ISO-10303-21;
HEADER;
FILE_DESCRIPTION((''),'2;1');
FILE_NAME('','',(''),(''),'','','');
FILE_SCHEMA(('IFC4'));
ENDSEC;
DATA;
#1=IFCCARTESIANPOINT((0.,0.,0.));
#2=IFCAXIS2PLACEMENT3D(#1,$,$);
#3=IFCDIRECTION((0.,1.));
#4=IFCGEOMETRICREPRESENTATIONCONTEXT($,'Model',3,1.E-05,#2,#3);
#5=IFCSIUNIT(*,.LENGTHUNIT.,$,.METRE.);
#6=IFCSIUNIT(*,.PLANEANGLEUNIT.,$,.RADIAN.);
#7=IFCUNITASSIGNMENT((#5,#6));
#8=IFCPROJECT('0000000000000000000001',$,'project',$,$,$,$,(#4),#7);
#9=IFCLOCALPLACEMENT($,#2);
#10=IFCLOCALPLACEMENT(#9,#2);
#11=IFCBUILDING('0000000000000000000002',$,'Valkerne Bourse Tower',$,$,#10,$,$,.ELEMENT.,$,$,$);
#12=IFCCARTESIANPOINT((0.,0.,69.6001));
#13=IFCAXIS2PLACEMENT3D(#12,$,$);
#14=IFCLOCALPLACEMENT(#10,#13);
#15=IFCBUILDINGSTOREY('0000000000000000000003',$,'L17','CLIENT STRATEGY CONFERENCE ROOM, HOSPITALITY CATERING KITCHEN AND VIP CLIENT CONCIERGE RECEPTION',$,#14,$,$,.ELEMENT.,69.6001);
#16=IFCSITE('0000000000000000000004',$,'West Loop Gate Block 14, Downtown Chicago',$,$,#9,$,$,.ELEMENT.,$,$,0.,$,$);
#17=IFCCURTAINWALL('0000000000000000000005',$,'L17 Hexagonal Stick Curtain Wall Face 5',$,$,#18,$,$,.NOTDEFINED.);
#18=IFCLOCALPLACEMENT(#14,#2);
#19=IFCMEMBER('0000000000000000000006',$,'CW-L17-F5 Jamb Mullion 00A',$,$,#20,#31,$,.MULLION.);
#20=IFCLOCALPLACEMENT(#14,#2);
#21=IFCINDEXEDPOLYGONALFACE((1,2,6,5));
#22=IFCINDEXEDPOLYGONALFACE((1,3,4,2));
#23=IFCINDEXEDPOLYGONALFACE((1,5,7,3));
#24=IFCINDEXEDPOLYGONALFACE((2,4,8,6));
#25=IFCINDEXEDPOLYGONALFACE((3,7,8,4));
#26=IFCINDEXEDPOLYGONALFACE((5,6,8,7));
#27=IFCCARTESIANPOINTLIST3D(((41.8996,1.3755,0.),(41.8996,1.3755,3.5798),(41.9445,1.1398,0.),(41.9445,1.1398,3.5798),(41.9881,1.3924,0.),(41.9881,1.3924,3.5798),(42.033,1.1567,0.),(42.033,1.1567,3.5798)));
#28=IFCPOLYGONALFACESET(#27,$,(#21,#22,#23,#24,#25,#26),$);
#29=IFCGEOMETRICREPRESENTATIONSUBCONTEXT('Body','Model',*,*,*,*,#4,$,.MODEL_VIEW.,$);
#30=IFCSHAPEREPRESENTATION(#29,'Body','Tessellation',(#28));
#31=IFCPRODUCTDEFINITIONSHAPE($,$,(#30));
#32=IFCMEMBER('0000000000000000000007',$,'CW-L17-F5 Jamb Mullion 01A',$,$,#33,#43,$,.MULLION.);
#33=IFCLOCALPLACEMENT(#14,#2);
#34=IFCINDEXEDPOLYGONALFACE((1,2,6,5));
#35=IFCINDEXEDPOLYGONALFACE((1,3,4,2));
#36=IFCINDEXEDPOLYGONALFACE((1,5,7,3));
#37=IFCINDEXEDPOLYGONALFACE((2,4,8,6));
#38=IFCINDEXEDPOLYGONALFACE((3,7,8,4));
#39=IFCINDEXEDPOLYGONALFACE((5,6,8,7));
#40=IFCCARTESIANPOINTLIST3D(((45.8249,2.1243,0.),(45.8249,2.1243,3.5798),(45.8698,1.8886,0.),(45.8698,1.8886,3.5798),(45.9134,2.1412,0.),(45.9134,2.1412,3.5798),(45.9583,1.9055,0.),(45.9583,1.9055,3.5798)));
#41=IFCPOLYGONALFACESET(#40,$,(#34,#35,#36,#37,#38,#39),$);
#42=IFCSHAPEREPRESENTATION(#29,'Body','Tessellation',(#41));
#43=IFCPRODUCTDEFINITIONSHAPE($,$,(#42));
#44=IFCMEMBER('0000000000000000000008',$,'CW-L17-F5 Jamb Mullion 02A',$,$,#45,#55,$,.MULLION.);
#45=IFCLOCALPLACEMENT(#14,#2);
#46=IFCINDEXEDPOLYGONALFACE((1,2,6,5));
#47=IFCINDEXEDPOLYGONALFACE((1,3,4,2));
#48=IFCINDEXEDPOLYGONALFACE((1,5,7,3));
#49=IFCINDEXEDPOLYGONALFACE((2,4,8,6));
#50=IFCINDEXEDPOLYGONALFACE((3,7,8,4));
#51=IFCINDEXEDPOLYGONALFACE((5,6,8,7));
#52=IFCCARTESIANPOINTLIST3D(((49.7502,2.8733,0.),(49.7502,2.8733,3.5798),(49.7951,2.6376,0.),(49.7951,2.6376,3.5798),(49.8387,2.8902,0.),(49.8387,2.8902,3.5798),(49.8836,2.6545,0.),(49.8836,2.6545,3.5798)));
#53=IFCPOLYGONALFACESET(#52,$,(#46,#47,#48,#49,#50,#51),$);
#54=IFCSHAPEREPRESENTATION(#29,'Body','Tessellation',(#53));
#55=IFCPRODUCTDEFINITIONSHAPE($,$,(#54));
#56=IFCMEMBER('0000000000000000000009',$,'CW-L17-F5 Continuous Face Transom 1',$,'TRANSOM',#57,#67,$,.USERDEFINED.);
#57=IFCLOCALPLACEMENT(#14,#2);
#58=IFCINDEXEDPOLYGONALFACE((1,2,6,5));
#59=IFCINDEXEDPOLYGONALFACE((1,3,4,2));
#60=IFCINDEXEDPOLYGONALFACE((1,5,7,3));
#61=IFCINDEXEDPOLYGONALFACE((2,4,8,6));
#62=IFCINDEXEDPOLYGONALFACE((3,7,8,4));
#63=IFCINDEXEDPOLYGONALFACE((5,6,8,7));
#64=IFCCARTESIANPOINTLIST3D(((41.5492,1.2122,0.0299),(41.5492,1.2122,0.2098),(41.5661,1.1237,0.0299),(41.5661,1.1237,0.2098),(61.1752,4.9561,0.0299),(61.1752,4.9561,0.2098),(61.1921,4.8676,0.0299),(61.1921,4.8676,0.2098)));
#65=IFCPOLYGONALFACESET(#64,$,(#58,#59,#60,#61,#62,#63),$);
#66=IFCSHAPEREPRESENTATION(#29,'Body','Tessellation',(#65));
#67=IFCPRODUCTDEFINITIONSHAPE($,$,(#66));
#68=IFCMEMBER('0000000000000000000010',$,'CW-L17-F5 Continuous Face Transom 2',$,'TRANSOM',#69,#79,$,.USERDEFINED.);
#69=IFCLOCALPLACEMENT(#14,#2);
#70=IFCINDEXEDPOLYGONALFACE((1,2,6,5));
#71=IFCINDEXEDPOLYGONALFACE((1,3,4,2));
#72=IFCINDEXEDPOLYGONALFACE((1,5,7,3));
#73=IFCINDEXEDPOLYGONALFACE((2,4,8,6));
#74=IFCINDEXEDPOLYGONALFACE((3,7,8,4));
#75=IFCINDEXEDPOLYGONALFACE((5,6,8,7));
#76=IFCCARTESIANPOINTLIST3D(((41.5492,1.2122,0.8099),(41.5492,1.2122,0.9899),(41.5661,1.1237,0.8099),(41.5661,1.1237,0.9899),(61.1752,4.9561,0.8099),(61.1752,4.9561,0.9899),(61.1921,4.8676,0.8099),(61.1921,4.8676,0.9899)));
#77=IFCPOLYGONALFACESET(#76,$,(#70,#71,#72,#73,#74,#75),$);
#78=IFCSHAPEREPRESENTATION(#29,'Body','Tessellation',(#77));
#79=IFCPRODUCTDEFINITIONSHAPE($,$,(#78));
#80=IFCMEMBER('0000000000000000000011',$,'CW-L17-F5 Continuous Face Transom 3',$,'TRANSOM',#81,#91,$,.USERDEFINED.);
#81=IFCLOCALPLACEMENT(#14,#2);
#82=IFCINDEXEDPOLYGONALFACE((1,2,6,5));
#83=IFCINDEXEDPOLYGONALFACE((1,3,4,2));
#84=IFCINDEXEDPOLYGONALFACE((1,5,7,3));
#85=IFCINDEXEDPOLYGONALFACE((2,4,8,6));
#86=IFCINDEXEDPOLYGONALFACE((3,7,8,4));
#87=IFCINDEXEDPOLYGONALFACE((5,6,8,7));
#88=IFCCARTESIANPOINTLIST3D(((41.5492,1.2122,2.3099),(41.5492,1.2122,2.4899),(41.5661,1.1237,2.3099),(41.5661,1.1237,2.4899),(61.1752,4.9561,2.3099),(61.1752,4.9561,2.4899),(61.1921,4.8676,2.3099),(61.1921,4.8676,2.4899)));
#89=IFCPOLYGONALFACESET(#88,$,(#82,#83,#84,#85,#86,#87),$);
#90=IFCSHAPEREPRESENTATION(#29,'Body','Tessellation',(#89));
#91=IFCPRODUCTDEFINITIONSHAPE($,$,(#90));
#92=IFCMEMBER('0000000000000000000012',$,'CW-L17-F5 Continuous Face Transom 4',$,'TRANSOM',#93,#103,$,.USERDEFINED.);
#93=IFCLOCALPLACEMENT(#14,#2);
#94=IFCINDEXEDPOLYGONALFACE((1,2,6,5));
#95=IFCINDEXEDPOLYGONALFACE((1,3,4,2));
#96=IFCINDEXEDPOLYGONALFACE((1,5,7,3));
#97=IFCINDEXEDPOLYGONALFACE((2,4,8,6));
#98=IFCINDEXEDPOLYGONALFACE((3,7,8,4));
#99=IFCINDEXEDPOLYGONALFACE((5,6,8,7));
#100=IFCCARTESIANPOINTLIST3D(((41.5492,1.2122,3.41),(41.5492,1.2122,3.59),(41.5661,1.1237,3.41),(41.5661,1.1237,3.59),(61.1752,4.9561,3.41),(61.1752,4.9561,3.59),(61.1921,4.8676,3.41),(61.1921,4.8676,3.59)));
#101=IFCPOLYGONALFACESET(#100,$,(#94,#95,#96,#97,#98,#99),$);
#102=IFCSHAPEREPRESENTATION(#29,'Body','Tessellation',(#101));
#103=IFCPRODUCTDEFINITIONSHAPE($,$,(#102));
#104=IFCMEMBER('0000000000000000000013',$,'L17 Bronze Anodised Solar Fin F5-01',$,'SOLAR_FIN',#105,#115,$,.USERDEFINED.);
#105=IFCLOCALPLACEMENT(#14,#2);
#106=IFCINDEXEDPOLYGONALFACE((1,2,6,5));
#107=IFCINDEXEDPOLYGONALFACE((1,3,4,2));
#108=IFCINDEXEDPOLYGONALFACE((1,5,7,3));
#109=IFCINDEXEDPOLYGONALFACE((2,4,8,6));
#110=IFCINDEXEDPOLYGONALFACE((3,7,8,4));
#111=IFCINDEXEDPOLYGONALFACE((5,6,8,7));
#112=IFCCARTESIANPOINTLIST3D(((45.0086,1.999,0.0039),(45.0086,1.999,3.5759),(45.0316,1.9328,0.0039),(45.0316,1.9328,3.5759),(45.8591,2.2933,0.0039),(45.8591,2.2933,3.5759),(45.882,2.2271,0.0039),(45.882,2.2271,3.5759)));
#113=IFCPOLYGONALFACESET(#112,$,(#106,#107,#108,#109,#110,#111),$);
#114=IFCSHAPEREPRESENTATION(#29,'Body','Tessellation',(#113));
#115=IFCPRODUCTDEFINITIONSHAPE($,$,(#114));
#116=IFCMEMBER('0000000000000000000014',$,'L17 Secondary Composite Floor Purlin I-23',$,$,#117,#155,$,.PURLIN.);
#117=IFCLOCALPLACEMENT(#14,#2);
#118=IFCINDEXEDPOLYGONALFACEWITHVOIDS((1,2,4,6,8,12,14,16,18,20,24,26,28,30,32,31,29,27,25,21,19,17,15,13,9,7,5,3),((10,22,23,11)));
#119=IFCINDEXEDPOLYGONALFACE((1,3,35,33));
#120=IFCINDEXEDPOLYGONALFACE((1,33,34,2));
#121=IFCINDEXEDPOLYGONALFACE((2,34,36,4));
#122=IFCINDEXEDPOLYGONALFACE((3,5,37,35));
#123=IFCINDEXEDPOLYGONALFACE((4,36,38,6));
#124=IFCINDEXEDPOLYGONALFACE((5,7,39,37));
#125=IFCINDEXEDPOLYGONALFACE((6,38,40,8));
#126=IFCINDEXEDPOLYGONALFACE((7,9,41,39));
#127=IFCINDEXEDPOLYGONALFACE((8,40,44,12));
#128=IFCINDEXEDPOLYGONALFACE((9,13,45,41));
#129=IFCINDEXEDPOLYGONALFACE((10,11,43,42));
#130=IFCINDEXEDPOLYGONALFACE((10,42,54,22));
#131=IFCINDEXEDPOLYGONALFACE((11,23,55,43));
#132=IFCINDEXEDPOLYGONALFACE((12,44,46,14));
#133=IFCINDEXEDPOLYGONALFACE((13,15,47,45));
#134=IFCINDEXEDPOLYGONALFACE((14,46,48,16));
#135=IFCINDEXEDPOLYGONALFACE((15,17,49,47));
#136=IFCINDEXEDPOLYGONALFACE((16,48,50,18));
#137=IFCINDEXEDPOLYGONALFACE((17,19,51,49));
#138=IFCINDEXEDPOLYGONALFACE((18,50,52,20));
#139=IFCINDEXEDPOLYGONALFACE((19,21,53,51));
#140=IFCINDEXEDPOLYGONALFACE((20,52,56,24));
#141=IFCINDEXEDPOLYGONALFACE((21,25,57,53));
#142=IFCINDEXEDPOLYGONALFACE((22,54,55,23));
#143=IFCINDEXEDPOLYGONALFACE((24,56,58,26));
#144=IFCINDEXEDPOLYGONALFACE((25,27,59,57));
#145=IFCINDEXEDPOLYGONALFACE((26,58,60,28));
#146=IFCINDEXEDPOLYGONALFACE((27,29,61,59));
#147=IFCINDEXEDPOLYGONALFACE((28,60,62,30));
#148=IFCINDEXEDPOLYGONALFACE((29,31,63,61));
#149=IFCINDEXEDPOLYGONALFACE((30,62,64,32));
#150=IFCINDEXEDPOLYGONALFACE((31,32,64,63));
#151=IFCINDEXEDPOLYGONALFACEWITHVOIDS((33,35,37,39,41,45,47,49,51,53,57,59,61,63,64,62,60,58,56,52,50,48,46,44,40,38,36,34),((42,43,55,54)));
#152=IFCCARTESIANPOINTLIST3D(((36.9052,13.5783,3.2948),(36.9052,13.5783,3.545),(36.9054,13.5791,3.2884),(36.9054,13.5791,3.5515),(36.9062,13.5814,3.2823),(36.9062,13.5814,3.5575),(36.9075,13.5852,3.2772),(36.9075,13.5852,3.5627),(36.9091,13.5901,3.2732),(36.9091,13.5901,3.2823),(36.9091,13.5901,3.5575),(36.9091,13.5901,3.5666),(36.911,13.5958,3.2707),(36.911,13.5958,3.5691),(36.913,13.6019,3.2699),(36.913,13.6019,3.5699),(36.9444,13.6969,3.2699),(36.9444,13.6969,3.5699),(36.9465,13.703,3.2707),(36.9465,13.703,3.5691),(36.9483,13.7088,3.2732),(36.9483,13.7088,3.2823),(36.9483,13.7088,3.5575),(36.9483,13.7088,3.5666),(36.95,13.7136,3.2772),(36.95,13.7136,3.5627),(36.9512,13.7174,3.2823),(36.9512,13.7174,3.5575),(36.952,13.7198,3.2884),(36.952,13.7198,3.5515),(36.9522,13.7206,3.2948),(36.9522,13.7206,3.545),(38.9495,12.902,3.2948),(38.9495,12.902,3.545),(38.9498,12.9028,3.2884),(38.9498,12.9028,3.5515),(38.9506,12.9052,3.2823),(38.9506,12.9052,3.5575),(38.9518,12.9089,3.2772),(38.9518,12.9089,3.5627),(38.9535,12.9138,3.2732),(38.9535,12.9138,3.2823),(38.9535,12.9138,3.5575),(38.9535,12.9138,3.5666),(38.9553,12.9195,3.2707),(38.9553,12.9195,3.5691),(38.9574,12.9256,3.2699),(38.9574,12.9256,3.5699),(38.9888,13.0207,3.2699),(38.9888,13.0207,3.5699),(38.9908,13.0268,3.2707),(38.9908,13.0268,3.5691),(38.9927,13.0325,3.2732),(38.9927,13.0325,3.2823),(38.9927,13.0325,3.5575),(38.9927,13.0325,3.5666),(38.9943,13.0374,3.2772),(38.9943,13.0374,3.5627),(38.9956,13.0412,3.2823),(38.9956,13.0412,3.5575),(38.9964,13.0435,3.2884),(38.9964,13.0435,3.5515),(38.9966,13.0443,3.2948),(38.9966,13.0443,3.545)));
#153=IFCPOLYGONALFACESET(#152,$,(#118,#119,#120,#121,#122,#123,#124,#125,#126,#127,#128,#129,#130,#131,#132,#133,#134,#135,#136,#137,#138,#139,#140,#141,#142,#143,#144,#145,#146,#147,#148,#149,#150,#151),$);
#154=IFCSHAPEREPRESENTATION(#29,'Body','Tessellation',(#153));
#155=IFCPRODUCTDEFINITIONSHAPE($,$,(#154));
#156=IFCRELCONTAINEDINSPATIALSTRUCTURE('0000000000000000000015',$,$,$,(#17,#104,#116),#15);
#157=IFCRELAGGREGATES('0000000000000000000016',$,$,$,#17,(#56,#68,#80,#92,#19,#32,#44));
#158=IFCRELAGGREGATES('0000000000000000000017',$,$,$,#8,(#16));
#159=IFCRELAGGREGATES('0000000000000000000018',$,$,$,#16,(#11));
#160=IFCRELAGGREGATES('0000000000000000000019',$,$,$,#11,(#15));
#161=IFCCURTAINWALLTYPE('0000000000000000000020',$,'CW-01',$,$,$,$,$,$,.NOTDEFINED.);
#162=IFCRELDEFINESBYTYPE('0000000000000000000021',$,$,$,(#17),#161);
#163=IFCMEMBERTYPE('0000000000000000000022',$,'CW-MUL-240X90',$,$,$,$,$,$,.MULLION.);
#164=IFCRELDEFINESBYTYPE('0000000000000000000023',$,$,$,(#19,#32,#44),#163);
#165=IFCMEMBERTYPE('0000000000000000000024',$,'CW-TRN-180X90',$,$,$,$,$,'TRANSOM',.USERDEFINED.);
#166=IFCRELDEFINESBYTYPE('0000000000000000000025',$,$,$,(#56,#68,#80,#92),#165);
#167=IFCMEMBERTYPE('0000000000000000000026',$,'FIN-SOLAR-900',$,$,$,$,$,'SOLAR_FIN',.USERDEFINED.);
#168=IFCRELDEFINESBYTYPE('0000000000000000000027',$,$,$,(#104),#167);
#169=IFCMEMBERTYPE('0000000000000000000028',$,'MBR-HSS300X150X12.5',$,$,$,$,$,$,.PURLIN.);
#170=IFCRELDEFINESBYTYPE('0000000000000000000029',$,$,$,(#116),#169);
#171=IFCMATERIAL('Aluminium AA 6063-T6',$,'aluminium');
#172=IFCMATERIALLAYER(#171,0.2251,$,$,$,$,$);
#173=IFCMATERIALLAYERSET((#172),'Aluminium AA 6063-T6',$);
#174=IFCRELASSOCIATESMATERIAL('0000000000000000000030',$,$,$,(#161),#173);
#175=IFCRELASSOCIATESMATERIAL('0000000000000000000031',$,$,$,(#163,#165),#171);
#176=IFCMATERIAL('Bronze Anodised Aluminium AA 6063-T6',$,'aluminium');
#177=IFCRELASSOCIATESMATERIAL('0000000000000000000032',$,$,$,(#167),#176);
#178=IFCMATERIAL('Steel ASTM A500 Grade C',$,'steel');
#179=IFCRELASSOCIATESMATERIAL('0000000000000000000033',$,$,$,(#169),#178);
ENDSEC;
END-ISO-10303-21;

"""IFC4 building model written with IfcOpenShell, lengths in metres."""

from ifc_helpers import new_model, si_unit, direction, frame, origin, origin_2d, place, context, subcontext, project, spatial, rectangle, hollow_rectangle, extrude, material, layer, layer_set, material_profile, profile_set, type_object, element, aggregate, save


model = new_model("IFC4")

# Units and contexts
model_context = context("Model", 3, precision=1e-05, world=origin(), true_north=direction((0.0, 1.0)))
body_context = subcontext(model_context, "Body", "Model", "MODEL_VIEW")
ifc_project = project(units=[si_unit("LENGTHUNIT", "METRE"), si_unit("PLANEANGLEUNIT", "RADIAN")], contexts=[model_context])

# Site, building, storey
site_placement = place(None, origin())
site = spatial("IfcSite", under=ifc_project, at=site_placement, Name="West Loop Gate Block 14, Downtown Chicago", CompositionType="ELEMENT", RefElevation=0.0)
building_placement = place(site_placement, origin())
building = spatial("IfcBuilding", under=site, at=building_placement, Name="Valkerne Bourse Tower", CompositionType="ELEMENT")
storey_placement = place(building_placement, frame((0.0, 0.0, 69.6001)))
storey = spatial("IfcBuildingStorey", under=building, at=storey_placement, Name="L17", Description="CLIENT STRATEGY CONFERENCE ROOM, HOSPITALITY CATERING KITCHEN AND VIP CLIENT CONCIERGE RECEPTION", CompositionType="ELEMENT", Elevation=69.6001)

# Curtain wall, members
ifc_material_1 = material(Name="Aluminium AA 6063-T6", Category="aluminium")
ifc_layer_1 = layer(ifc_material_1, 0.2251)
ifc_layer_set_1 = layer_set([ifc_layer_1], Name="Aluminium AA 6063-T6")
curtain_wall_type = type_object("IfcCurtainWallType", Name="CW-01", PredefinedType="NOTDEFINED", material=ifc_layer_set_1)
curtain_wall_placement = place(storey_placement, origin())
curtain_wall = element("IfcCurtainWall", 1, at=curtain_wall_placement, inside=storey, type_object=curtain_wall_type, Name="L17 Hexagonal Stick Curtain Wall Face 5", PredefinedType="NOTDEFINED")
ifc_material_profile_1 = material_profile(ifc_material_1, rectangle(XDim=0.0901, YDim=0.24, at=origin_2d()), Name="CWM-90X240")
ifc_profile_set_1 = profile_set([ifc_material_profile_1], Name="Aluminium AA 6063-T6")
member_type_1 = type_object("IfcMemberType", Name="CW-MUL-240X90", PredefinedType="MULLION", material=ifc_profile_set_1)
member_1_placement = place(storey_placement, frame((41.9663, 1.2661, 0.0), z_axis=(0.0, 0.0, 1.0), x_axis=(0.982287, 0.187383, 0.0)))
member_1 = element("IfcMember", 2, at=member_1_placement, type_object=member_type_1, Name="CW-L17-F5 Jamb Mullion 00A", PredefinedType="MULLION", context=body_context, shape_type="SweptSolid", body=[
    extrude(rectangle(XDim=0.0901, YDim=0.24, at=origin_2d()), origin(), (0.0, 0.0, 1.0), 3.5798),
])
member_2_placement = place(storey_placement, frame((45.8916, 2.0149, 0.0), z_axis=(0.0, 0.0, 1.0), x_axis=(0.982286, 0.187388, 0.0)))
member_2 = element("IfcMember", 3, at=member_2_placement, type_object=member_type_1, Name="CW-L17-F5 Jamb Mullion 01A", PredefinedType="MULLION", context=body_context, shape_type="SweptSolid", body=[
    extrude(rectangle(XDim=0.0901, YDim=0.24, at=origin_2d()), origin(), (0.0, 0.0, 1.0), 3.5798),
])
member_3_placement = place(storey_placement, frame((49.8169, 2.7639, 0.0), z_axis=(0.0, 0.0, 1.0), x_axis=(0.982286, 0.187388, 0.0)))
member_3 = element("IfcMember", 4, at=member_3_placement, type_object=member_type_1, Name="CW-L17-F5 Jamb Mullion 02A", PredefinedType="MULLION", context=body_context, shape_type="SweptSolid", body=[
    extrude(rectangle(XDim=0.0901, YDim=0.24, at=origin_2d()), origin(), (0.0, 0.0, 1.0), 3.5798),
])
ifc_material_profile_2 = material_profile(ifc_material_1, rectangle(XDim=0.0901, YDim=0.1799, at=origin_2d()), Name="CWT-90X180")
ifc_profile_set_2 = profile_set([ifc_material_profile_2], Name="Aluminium AA 6063-T6")
member_type_2 = type_object("IfcMemberType", Name="CW-TRN-180X90", ElementType="TRANSOM", PredefinedType="USERDEFINED", material=ifc_profile_set_2)
member_4_placement = place(storey_placement, frame((41.5576, 1.168, 0.1199), z_axis=(0.982287, 0.187383, 0.0), x_axis=(-0.187383, 0.982287, 0.0)))
member_4 = element("IfcMember", 5, at=member_4_placement, type_object=member_type_2, Name="CW-L17-F5 Continuous Face Transom 1", ObjectType="TRANSOM", PredefinedType="USERDEFINED", context=body_context, shape_type="SweptSolid", body=[
    extrude(rectangle(XDim=0.0901, YDim=0.1799, at=origin_2d()), origin(), (0.0, 0.0, 1.0), 19.98),
])
member_5_placement = place(storey_placement, frame((41.5576, 1.168, 0.8999), z_axis=(0.982287, 0.187383, 0.0), x_axis=(-0.187383, 0.982287, 0.0)))
member_5 = element("IfcMember", 6, at=member_5_placement, type_object=member_type_2, Name="CW-L17-F5 Continuous Face Transom 2", ObjectType="TRANSOM", PredefinedType="USERDEFINED", context=body_context, shape_type="SweptSolid", body=[
    extrude(rectangle(XDim=0.0901, YDim=0.1799, at=origin_2d()), origin(), (0.0, 0.0, 1.0), 19.98),
])
member_6_placement = place(storey_placement, frame((41.5576, 1.168, 2.3999), z_axis=(0.982287, 0.187383, 0.0), x_axis=(-0.187383, 0.982287, 0.0)))
member_6 = element("IfcMember", 7, at=member_6_placement, type_object=member_type_2, Name="CW-L17-F5 Continuous Face Transom 3", ObjectType="TRANSOM", PredefinedType="USERDEFINED", context=body_context, shape_type="SweptSolid", body=[
    extrude(rectangle(XDim=0.0901, YDim=0.1799, at=origin_2d()), origin(), (0.0, 0.0, 1.0), 19.98),
])
member_7_placement = place(storey_placement, frame((41.5576, 1.168, 3.5), z_axis=(0.982287, 0.187383, 0.0), x_axis=(-0.187383, 0.982287, 0.0)))
member_7 = element("IfcMember", 8, at=member_7_placement, type_object=member_type_2, Name="CW-L17-F5 Continuous Face Transom 4", ObjectType="TRANSOM", PredefinedType="USERDEFINED", context=body_context, shape_type="SweptSolid", body=[
    extrude(rectangle(XDim=0.0901, YDim=0.1799, at=origin_2d()), origin(), (0.0, 0.0, 1.0), 19.98),
])

# Members
ifc_material_2 = material(Name="Bronze Anodised Aluminium AA 6063-T6", Category="aluminium")
ifc_material_profile_3 = material_profile(ifc_material_2, rectangle(XDim=0.0701, YDim=0.8999, at=origin_2d()), Name="FIN-70X900")
ifc_profile_set_3 = profile_set([ifc_material_profile_3], Name="Bronze Anodised Aluminium AA 6063-T6")
member_type_3 = type_object("IfcMemberType", Name="FIN-SOLAR-900", ElementType="SOLAR_FIN", PredefinedType="USERDEFINED", material=ifc_profile_set_3)
member_8_placement = place(storey_placement, frame((45.4453, 2.113, 0.0039), z_axis=(0.0, 0.0, 1.0), x_axis=(0.327031, -0.945014, 0.0)))
element("IfcMember", 9, at=member_8_placement, inside=storey, type_object=member_type_3, Name="L17 Bronze Anodised Solar Fin F5-01", ObjectType="SOLAR_FIN", PredefinedType="USERDEFINED", context=body_context, shape_type="SweptSolid", body=[
    extrude(rectangle(XDim=0.0701, YDim=0.8999, at=origin_2d()), origin(), (0.0, 0.0, 1.0), 3.572),
])
ifc_material_3 = material(Name="Steel ASTM A500 Grade C", Category="steel")
ifc_material_profile_4 = material_profile(ifc_material_3, hollow_rectangle(XDim=0.1499, YDim=0.3, WallThickness=0.0125, OuterFilletRadius=0.0249, at=origin_2d()), Name="HSS300X150X12.5")
ifc_profile_set_4 = profile_set([ifc_material_profile_4], Name="Steel ASTM A500 Grade C")
member_type_4 = type_object("IfcMemberType", Name="MBR-HSS300X150X12.5", PredefinedType="PURLIN", material=ifc_profile_set_4)
member_9_placement = place(storey_placement, frame((36.9287, 13.6494, 3.4199), z_axis=(0.949406, -0.31405, 0.0), x_axis=(0.31405, 0.949406, 0.0)))
element("IfcMember", 10, at=member_9_placement, inside=storey, type_object=member_type_4, Name="L17 Secondary Composite Floor Purlin I-23", PredefinedType="PURLIN", context=body_context, shape_type="SweptSolid", body=[
    extrude(hollow_rectangle(XDim=0.1499, YDim=0.3, WallThickness=0.0125, OuterFilletRadius=0.0249, at=origin_2d()), origin(), (0.0, 0.0, 1.0), 2.1533),
])

aggregate(curtain_wall, [member_4, member_5, member_6, member_7, member_1, member_2, member_3])

save(model, "model.ifc")
